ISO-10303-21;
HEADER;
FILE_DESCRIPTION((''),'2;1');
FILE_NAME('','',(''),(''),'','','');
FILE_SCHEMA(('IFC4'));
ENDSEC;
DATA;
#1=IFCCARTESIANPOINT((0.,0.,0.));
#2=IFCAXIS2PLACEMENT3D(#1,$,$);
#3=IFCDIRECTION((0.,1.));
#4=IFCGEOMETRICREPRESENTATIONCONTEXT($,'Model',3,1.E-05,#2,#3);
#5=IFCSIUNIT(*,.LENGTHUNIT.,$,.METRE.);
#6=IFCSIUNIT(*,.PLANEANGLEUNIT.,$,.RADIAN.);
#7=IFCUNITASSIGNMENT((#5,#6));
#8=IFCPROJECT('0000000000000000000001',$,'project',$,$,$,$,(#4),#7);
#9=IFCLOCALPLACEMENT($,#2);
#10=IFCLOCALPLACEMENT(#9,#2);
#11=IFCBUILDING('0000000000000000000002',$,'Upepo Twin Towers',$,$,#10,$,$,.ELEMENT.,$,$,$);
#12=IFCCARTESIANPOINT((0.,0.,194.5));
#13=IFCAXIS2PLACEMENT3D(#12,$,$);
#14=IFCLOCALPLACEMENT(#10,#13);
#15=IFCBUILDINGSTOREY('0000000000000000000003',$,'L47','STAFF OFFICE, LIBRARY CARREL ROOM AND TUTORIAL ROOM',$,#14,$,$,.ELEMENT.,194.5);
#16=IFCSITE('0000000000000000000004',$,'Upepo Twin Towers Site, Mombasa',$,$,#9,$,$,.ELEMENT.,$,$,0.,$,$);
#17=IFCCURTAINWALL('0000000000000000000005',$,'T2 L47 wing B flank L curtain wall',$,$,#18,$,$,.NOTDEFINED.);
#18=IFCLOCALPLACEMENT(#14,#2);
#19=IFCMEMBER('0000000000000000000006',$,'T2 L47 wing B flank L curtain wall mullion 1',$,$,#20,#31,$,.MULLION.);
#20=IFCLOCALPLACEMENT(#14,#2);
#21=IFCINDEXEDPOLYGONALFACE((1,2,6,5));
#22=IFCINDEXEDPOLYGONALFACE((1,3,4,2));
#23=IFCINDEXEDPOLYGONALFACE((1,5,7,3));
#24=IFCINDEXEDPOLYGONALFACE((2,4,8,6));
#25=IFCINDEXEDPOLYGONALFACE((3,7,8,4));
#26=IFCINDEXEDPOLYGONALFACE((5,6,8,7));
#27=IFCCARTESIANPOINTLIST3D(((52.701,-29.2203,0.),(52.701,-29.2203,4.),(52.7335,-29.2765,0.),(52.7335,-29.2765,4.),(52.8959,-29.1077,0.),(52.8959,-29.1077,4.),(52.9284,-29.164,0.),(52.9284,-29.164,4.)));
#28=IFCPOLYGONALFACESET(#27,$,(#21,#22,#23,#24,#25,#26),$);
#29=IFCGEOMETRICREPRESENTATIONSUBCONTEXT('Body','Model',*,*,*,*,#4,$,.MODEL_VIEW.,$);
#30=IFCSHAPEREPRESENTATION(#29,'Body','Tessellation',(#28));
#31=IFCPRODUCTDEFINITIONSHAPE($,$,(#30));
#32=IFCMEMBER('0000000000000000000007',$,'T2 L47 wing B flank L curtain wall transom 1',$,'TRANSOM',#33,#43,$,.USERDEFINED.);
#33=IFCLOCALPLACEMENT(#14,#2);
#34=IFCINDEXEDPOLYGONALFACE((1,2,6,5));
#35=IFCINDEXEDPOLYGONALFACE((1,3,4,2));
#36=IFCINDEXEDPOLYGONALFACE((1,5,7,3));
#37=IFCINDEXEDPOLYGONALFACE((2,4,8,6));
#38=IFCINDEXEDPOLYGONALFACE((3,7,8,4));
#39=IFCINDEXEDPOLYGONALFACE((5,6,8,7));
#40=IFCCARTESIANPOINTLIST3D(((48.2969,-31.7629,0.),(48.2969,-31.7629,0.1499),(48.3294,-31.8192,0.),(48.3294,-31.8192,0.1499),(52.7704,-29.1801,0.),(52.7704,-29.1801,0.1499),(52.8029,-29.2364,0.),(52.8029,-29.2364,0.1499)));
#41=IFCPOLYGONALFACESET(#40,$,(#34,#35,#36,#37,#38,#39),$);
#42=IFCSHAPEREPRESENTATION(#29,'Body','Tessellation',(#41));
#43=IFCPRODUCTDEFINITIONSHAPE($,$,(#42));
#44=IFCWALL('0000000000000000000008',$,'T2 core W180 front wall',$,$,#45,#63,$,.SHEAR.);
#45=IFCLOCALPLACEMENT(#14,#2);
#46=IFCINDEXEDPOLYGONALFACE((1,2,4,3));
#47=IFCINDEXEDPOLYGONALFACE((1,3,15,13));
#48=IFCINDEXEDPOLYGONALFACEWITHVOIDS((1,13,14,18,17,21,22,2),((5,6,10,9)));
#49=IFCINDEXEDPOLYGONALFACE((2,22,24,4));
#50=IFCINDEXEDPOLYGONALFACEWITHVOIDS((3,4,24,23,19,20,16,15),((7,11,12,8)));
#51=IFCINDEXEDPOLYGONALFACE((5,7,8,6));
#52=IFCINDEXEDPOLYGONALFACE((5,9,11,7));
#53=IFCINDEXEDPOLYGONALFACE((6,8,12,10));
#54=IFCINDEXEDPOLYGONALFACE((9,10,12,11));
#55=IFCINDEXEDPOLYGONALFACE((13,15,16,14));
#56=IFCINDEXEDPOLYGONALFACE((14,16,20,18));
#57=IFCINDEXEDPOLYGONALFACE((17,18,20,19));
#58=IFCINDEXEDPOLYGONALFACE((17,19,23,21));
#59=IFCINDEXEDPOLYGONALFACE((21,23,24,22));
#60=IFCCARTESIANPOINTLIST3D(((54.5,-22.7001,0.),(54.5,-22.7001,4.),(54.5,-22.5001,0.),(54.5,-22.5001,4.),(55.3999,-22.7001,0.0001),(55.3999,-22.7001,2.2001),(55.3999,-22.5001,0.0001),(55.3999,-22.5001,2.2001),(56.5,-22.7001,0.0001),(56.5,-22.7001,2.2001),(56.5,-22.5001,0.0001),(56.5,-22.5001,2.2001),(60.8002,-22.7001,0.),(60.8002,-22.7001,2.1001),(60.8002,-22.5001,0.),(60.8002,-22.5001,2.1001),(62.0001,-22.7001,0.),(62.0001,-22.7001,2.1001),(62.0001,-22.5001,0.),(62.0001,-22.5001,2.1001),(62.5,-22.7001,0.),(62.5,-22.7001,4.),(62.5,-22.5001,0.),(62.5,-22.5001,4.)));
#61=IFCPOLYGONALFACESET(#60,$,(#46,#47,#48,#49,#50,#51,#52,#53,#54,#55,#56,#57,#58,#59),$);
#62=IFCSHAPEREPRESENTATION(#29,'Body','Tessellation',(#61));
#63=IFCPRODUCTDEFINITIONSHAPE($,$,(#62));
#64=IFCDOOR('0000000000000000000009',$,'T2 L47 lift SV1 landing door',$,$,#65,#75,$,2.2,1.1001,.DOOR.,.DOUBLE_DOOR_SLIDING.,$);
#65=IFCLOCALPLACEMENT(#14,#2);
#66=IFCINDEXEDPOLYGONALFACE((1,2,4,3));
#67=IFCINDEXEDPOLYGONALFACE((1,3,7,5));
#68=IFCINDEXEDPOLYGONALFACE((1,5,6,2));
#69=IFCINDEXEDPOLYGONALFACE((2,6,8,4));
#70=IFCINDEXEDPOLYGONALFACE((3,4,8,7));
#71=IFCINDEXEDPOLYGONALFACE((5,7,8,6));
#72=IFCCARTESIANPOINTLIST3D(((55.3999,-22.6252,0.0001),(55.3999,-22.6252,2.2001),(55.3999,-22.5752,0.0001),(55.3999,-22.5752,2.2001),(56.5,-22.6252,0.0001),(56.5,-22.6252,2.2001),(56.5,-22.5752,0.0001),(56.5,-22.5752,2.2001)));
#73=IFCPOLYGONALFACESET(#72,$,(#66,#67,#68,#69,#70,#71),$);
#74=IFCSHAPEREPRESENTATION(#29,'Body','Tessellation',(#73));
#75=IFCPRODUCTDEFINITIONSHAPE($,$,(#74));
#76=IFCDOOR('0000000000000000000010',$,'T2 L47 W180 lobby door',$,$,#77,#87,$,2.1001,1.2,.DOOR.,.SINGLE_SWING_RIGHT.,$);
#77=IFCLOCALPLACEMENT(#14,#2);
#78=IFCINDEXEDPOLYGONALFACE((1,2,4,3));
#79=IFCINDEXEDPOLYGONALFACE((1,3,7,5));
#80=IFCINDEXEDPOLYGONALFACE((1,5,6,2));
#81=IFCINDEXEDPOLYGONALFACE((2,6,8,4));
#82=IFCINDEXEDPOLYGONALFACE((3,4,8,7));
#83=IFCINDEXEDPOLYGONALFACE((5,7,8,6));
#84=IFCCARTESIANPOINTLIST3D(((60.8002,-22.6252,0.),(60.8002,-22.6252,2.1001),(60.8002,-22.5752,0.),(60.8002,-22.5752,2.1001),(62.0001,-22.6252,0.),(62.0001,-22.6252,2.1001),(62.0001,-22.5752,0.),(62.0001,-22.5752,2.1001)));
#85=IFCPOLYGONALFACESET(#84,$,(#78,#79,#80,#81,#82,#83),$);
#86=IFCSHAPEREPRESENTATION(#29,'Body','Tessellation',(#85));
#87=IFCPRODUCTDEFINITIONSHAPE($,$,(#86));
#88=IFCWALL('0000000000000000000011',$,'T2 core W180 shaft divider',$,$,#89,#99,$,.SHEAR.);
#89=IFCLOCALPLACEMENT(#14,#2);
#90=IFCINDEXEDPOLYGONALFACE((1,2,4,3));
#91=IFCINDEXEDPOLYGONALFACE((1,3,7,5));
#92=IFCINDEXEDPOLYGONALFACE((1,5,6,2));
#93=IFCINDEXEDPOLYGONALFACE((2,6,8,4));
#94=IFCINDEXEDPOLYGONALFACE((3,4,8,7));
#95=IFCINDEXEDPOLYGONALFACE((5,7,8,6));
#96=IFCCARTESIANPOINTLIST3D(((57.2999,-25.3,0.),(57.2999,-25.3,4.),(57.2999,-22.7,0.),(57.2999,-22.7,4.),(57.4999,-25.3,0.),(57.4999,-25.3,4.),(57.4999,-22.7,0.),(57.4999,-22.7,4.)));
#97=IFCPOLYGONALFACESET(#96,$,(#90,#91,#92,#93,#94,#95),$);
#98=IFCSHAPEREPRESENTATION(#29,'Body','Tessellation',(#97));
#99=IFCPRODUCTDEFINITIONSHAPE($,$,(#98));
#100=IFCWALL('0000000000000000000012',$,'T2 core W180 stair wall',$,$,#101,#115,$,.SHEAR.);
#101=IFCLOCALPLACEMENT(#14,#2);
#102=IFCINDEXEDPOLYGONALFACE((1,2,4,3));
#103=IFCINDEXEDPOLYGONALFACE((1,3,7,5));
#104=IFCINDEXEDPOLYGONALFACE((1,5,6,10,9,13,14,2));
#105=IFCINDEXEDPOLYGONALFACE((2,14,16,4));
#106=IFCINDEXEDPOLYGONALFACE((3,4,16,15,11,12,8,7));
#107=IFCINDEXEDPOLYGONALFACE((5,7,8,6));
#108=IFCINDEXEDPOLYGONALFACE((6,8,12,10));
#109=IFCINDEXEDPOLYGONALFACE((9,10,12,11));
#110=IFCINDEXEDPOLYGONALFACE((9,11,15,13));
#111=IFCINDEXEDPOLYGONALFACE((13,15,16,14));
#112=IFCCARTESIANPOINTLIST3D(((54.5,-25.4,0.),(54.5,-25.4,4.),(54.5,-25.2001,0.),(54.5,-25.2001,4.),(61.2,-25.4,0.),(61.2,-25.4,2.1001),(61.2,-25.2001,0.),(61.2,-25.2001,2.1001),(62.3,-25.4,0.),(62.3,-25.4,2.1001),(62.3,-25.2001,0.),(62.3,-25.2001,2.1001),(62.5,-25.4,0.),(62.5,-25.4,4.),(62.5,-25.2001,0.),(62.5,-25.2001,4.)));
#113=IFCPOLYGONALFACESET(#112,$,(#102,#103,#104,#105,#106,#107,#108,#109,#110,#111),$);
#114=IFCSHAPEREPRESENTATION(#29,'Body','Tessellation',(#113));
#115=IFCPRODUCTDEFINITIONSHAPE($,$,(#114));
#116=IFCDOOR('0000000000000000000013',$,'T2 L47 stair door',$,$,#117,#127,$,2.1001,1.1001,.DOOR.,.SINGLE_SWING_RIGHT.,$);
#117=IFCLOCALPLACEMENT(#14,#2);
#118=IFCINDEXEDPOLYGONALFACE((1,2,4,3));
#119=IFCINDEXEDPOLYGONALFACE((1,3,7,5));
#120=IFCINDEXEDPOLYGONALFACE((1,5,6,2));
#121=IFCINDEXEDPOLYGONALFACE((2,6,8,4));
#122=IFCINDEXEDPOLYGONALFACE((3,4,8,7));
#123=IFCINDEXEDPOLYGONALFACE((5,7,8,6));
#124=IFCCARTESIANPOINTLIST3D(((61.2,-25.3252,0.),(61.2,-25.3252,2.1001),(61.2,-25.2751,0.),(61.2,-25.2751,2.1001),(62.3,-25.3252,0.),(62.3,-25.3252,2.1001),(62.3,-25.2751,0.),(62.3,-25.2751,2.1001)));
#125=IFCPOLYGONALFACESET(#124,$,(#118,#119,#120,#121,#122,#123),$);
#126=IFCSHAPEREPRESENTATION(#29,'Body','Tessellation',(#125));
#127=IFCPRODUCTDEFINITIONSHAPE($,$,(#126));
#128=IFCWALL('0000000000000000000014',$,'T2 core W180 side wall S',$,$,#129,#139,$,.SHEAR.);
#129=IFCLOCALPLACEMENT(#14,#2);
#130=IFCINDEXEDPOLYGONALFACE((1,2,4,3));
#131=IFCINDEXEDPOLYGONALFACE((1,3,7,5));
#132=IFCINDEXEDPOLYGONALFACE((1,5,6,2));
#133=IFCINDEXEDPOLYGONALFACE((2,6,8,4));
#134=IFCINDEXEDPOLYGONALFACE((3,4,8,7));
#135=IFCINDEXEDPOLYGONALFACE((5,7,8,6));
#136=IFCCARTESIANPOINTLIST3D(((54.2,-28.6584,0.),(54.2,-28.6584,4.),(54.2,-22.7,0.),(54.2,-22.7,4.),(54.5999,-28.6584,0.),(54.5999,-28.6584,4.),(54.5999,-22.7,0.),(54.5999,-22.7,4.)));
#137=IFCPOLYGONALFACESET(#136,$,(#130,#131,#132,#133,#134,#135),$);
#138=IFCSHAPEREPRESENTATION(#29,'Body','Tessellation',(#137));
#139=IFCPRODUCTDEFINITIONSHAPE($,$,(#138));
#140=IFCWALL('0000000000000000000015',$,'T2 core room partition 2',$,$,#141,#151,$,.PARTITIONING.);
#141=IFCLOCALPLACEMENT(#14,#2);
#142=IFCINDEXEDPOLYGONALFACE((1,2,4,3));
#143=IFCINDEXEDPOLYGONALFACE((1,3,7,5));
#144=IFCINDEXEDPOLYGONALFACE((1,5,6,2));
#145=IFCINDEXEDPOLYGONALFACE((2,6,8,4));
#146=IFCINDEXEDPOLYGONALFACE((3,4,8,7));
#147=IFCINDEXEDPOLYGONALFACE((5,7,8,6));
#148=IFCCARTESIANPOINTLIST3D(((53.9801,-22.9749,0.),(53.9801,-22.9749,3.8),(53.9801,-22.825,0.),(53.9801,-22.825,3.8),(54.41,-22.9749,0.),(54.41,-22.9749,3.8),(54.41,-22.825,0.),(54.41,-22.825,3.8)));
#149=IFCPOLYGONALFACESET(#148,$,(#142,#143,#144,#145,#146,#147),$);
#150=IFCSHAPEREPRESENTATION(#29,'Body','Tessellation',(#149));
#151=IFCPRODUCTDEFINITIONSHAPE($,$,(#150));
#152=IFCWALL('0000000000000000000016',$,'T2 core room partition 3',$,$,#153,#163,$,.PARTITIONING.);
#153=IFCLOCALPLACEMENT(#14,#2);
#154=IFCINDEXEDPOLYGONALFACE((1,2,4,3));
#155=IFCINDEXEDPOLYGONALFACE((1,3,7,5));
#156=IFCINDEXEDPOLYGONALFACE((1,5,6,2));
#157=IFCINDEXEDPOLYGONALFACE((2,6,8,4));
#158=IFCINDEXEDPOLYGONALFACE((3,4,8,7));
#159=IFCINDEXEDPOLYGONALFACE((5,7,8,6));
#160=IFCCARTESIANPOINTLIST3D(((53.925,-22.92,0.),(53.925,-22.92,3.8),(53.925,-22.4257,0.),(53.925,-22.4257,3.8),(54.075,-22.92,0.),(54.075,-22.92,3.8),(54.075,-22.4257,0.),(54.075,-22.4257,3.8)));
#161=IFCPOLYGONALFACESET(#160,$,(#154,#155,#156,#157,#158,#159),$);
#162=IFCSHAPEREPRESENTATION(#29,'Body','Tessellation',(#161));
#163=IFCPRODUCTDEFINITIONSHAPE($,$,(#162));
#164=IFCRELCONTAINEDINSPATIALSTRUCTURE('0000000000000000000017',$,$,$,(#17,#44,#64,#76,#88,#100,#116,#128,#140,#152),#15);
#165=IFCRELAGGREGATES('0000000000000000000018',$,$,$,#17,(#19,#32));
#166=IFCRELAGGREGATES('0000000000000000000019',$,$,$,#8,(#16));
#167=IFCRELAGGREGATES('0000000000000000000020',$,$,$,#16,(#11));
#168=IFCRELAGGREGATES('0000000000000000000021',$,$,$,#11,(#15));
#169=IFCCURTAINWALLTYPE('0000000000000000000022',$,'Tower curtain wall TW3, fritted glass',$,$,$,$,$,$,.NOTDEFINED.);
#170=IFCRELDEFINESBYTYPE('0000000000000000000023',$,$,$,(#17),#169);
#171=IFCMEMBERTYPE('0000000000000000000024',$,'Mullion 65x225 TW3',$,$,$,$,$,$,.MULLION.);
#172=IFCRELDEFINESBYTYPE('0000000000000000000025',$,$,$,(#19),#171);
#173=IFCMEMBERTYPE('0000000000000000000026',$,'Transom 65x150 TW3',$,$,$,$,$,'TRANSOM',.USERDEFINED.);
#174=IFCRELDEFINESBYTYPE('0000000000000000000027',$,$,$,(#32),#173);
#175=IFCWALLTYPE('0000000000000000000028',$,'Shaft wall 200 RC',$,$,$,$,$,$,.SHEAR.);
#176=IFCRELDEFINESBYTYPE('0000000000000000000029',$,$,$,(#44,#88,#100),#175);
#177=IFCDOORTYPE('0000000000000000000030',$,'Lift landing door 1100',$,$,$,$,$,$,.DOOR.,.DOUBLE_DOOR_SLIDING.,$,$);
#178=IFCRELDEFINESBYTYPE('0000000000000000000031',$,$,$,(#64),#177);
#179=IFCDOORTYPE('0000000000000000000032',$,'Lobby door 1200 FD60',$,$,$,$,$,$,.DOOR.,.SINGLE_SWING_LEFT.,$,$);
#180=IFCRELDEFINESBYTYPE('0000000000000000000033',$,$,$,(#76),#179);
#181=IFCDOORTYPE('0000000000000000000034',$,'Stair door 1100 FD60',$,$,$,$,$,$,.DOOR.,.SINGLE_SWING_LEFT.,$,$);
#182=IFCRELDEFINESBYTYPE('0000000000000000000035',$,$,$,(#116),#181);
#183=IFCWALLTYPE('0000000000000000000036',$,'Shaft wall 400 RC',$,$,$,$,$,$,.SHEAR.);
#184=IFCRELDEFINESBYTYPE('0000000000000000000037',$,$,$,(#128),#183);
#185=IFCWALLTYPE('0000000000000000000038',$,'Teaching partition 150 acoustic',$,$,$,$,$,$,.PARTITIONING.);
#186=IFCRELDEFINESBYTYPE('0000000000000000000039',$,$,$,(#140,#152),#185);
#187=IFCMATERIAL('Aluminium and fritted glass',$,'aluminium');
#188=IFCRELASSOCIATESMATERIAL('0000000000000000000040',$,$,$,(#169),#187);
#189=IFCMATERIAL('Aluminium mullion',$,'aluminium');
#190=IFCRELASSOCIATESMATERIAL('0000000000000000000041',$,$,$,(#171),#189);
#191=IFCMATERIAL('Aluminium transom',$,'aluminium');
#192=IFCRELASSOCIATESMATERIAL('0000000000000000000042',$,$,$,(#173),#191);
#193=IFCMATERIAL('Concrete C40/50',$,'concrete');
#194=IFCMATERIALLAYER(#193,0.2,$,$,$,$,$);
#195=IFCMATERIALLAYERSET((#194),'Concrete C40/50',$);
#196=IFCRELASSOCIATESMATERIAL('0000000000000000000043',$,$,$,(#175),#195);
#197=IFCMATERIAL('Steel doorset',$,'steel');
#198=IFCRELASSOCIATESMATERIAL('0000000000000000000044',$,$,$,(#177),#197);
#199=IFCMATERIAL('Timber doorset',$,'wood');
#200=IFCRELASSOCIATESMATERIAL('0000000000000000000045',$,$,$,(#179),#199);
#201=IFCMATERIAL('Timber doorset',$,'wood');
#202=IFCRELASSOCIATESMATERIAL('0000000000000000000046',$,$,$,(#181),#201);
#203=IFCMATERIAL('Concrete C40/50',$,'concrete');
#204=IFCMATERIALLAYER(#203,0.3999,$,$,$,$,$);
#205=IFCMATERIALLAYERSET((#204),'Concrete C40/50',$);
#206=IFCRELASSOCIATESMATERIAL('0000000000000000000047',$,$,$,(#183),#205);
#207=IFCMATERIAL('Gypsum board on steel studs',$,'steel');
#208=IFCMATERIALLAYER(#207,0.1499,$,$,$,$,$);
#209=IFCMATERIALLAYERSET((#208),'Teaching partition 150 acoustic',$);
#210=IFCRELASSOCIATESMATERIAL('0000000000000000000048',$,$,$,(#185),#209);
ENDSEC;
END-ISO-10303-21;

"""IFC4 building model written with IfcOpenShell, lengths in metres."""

from ifc_helpers import new_model, si_unit, direction, frame, frame_2d, origin, origin_2d, place, context, subcontext, project, spatial, rectangle, extrude, material, layer, layer_set, material_profile, profile_set, type_object, element, fill, aggregate, save


model = new_model("IFC4")

# Units and contexts
model_context = context("Model", 3, precision=1e-05, world=origin(), true_north=direction((0.0, 1.0)))
body_context = subcontext(model_context, "Body", "Model", "MODEL_VIEW")
ifc_project = project(units=[si_unit("LENGTHUNIT", "METRE"), si_unit("PLANEANGLEUNIT", "RADIAN")], contexts=[model_context])

# Site, building, storey
site_placement = place(None, origin())
site = spatial("IfcSite", under=ifc_project, at=site_placement, Name="Upepo Twin Towers Site, Mombasa", CompositionType="ELEMENT", RefElevation=0.0)
building_placement = place(site_placement, origin())
building = spatial("IfcBuilding", under=site, at=building_placement, Name="Upepo Twin Towers", CompositionType="ELEMENT")
storey_placement = place(building_placement, frame((0.0, 0.0, 194.5)))
storey = spatial("IfcBuildingStorey", under=building, at=storey_placement, Name="L47", Description="STAFF OFFICE, LIBRARY CARREL ROOM AND TUTORIAL ROOM", CompositionType="ELEMENT", Elevation=194.5)

# Curtain wall, members
ifc_material_1 = material(Name="Aluminium and fritted glass", Category="aluminium")
curtain_wall_type = type_object("IfcCurtainWallType", Name="Tower curtain wall TW3, fritted glass", PredefinedType="NOTDEFINED", material=ifc_material_1)
curtain_wall_placement = place(storey_placement, origin())
curtain_wall = element("IfcCurtainWall", 1, at=curtain_wall_placement, inside=storey, type_object=curtain_wall_type, Name="T2 L47 wing B flank L curtain wall", PredefinedType="NOTDEFINED")
ifc_material_2 = material(Name="Aluminium mullion", Category="aluminium")
ifc_material_profile_1 = material_profile(ifc_material_2, rectangle(XDim=0.0649, YDim=0.2251, at=origin_2d()), Name="MULLION 65x225")
ifc_profile_set_1 = profile_set([ifc_material_profile_1], Name="Aluminium mullion")
member_type_1 = type_object("IfcMemberType", Name="Mullion 65x225 TW3", PredefinedType="MULLION", material=ifc_profile_set_1)
member_1_placement = place(storey_placement, frame((52.8147, -29.1921, 0.0), z_axis=(0.0, 0.0, 1.0), x_axis=(0.5, -0.866025, 0.0)))
member_1 = element("IfcMember", 2, at=member_1_placement, type_object=member_type_1, Name="T2 L47 wing B flank L curtain wall mullion 1", PredefinedType="MULLION", context=body_context, shape_type="SweptSolid", body=[
    extrude(rectangle(XDim=0.0649, YDim=0.2251, at=origin_2d()), origin(), (0.0, 0.0, 1.0), 4.0),
])
ifc_material_3 = material(Name="Aluminium transom", Category="aluminium")
ifc_material_profile_2 = material_profile(ifc_material_3, rectangle(XDim=0.0649, YDim=0.1499, at=origin_2d()), Name="TRANSOM 65x150")
ifc_profile_set_2 = profile_set([ifc_material_profile_2], Name="Aluminium transom")
member_type_2 = type_object("IfcMemberType", Name="Transom 65x150 TW3", ElementType="TRANSOM", PredefinedType="USERDEFINED", material=ifc_profile_set_2)
member_2_placement = place(storey_placement, frame((52.7866, -29.2083, 0.075), z_axis=(-0.866021, -0.500007, 0.0), x_axis=(0.500007, -0.866021, 0.0)))
member_2 = element("IfcMember", 3, at=member_2_placement, type_object=member_type_2, Name="T2 L47 wing B flank L curtain wall transom 1", ObjectType="TRANSOM", PredefinedType="USERDEFINED", context=body_context, shape_type="SweptSolid", body=[
    extrude(rectangle(XDim=0.0649, YDim=0.1499, at=origin_2d()), origin(), (0.0, 0.0, 1.0), 5.1655),
])
aggregate(curtain_wall, [member_1, member_2])

# Wall, openings, doors
ifc_material_4 = material(Name="Concrete C40/50", Category="concrete")
ifc_layer_1 = layer(ifc_material_4, 0.2)
ifc_layer_set_1 = layer_set([ifc_layer_1], Name="Concrete C40/50")
wall_type_1 = type_object("IfcWallType", Name="Shaft wall 200 RC", PredefinedType="SHEAR", material=ifc_layer_set_1)
wall_1_placement = place(storey_placement, frame((54.5, -22.6001, 0.0), z_axis=(0.0, 0.0, 1.0), x_axis=(1.0, 0.0, 0.0)))
wall_1 = element("IfcWall", 4, at=wall_1_placement, inside=storey, type_object=wall_type_1, Name="T2 core W180 front wall", PredefinedType="SHEAR", context=body_context, shape_type="SweptSolid", body=[
    extrude(rectangle(XDim=8.0, YDim=0.2, at=frame_2d((4.0, 0.0))), origin(), (0.0, 0.0, 1.0), 4.0),
])
opening_1_placement = place(wall_1_placement, frame((6.3, 0.0, 0.0)))
opening_1 = element("IfcOpeningElement", 5, at=opening_1_placement, cuts=wall_1, PredefinedType="OPENING", context=body_context, shape_type="SweptSolid", body=[
    extrude(rectangle(XDim=1.2, YDim=2.1001, at=frame_2d((0.6001, 1.05))), frame((0.0, 0.1099, 0.0), z_axis=(0.0, -1.0, 0.0), x_axis=(1.0, 0.0, 0.0)), (0.0, 0.0, 1.0), 0.22),
])
opening_2_placement = place(wall_1_placement, frame((0.8999, 0.0, 0.0)))
opening_2 = element("IfcOpeningElement", 6, at=opening_2_placement, cuts=wall_1, PredefinedType="OPENING", context=body_context, shape_type="SweptSolid", body=[
    extrude(rectangle(XDim=1.1001, YDim=2.2, at=frame_2d((0.55, 1.1001))), frame((0.0, 0.1099, 0.0), z_axis=(0.0, -1.0, 0.0), x_axis=(1.0, 0.0, 0.0)), (0.0, 0.0, 1.0), 0.22),
])
ifc_material_5 = material(Name="Steel doorset", Category="steel")
door_type_1 = type_object("IfcDoorType", Name="Lift landing door 1100", OperationType="DOUBLE_DOOR_SLIDING", PredefinedType="DOOR", material=ifc_material_5)
door_1_placement = place(opening_2_placement, origin())
door_1 = element("IfcDoor", 7, at=door_1_placement, inside=storey, type_object=door_type_1, Name="T2 L47 lift SV1 landing door", OperationType="DOUBLE_DOOR_SLIDING", OverallHeight=2.2, OverallWidth=1.1001, PredefinedType="DOOR", context=body_context, shape_type="SweptSolid", body=[
    extrude(rectangle(XDim=1.1001, YDim=2.2, at=frame_2d((0.55, 1.1001))), frame((0.0, 0.0249, 0.0), z_axis=(0.0, -1.0, 0.0), x_axis=(1.0, 0.0, 0.0)), (0.0, 0.0, 1.0), 0.05),
])
fill(opening_2, door_1)
ifc_material_6 = material(Name="Timber doorset", Category="wood")
door_type_2 = type_object("IfcDoorType", Name="Lobby door 1200 FD60", OperationType="SINGLE_SWING_LEFT", PredefinedType="DOOR", material=ifc_material_6)
door_2_placement = place(opening_1_placement, origin())
door_2 = element("IfcDoor", 8, at=door_2_placement, inside=storey, type_object=door_type_2, Name="T2 L47 W180 lobby door", OperationType="SINGLE_SWING_RIGHT", OverallHeight=2.1001, OverallWidth=1.2, PredefinedType="DOOR", context=body_context, shape_type="SweptSolid", body=[
    extrude(rectangle(XDim=1.2, YDim=2.1001, at=frame_2d((0.6001, 1.05))), frame((0.0, 0.0249, 0.0), z_axis=(0.0, -1.0, 0.0), x_axis=(1.0, 0.0, 0.0)), (0.0, 0.0, 1.0), 0.05),
])
fill(opening_1, door_2)

# Wall
wall_2_placement = place(storey_placement, frame((57.3999, -22.7, 0.0), z_axis=(0.0, 0.0, 1.0), x_axis=(0.0, -1.0, 0.0)))
element("IfcWall", 9, at=wall_2_placement, inside=storey, type_object=wall_type_1, Name="T2 core W180 shaft divider", PredefinedType="SHEAR", context=body_context, shape_type="SweptSolid", body=[
    extrude(rectangle(XDim=2.6001, YDim=0.2, at=frame_2d((1.3, 0.0))), origin(), (0.0, 0.0, 1.0), 4.0),
])

# Wall, opening, door
wall_3_placement = place(storey_placement, frame((54.5, -25.3, 0.0), z_axis=(0.0, 0.0, 1.0), x_axis=(1.0, 0.0, 0.0)))
wall_3 = element("IfcWall", 10, at=wall_3_placement, inside=storey, type_object=wall_type_1, Name="T2 core W180 stair wall", PredefinedType="SHEAR", context=body_context, shape_type="SweptSolid", body=[
    extrude(rectangle(XDim=8.0, YDim=0.2, at=frame_2d((4.0, 0.0))), origin(), (0.0, 0.0, 1.0), 4.0),
])
opening_3_placement = place(wall_3_placement, frame((6.7, 0.0, 0.0)))
opening_3 = element("IfcOpeningElement", 11, at=opening_3_placement, cuts=wall_3, PredefinedType="OPENING", context=body_context, shape_type="SweptSolid", body=[
    extrude(rectangle(XDim=1.1001, YDim=2.1001, at=frame_2d((0.55, 1.05))), frame((0.0, 0.1099, 0.0), z_axis=(0.0, -1.0, 0.0), x_axis=(1.0, 0.0, 0.0)), (0.0, 0.0, 1.0), 0.22),
])
ifc_material_7 = material(Name="Timber doorset", Category="wood")
door_type_3 = type_object("IfcDoorType", Name="Stair door 1100 FD60", OperationType="SINGLE_SWING_LEFT", PredefinedType="DOOR", material=ifc_material_7)
door_3_placement = place(opening_3_placement, origin())
door_3 = element("IfcDoor", 12, at=door_3_placement, inside=storey, type_object=door_type_3, Name="T2 L47 stair door", OperationType="SINGLE_SWING_RIGHT", OverallHeight=2.1001, OverallWidth=1.1001, PredefinedType="DOOR", context=body_context, shape_type="SweptSolid", body=[
    extrude(rectangle(XDim=1.1001, YDim=2.1001, at=frame_2d((0.55, 1.05))), frame((0.0, 0.0249, 0.0), z_axis=(0.0, -1.0, 0.0), x_axis=(1.0, 0.0, 0.0)), (0.0, 0.0, 1.0), 0.05),
])
fill(opening_3, door_3)

# Walls
ifc_material_8 = material(Name="Concrete C40/50", Category="concrete")
ifc_layer_2 = layer(ifc_material_8, 0.3999)
ifc_layer_set_2 = layer_set([ifc_layer_2], Name="Concrete C40/50")
wall_type_2 = type_object("IfcWallType", Name="Shaft wall 400 RC", PredefinedType="SHEAR", material=ifc_layer_set_2)
wall_4_placement = place(storey_placement, frame((54.3999, -22.7, 0.0), z_axis=(0.0, 0.0, 1.0), x_axis=(0.0, -1.0, 0.0)))
element("IfcWall", 13, at=wall_4_placement, inside=storey, type_object=wall_type_2, Name="T2 core W180 side wall S", PredefinedType="SHEAR", context=body_context, shape_type="SweptSolid", body=[
    extrude(rectangle(XDim=5.9585, YDim=0.3999, at=frame_2d((2.9792, 0.0))), origin(), (0.0, 0.0, 1.0), 4.0),
])
ifc_material_9 = material(Name="Gypsum board on steel studs", Category="steel")
ifc_layer_3 = layer(ifc_material_9, 0.1499)
ifc_layer_set_3 = layer_set([ifc_layer_3], Name="Teaching partition 150 acoustic")
wall_type_3 = type_object("IfcWallType", Name="Teaching partition 150 acoustic", PredefinedType="PARTITIONING", material=ifc_layer_set_3)
wall_5_placement = place(storey_placement, frame((54.4099, -22.8999, 0.0), z_axis=(0.0, 0.0, 1.0), x_axis=(-1.0, 0.0, 0.0)))
element("IfcWall", 14, at=wall_5_placement, inside=storey, type_object=wall_type_3, Name="T2 core room partition 2", PredefinedType="PARTITIONING", context=body_context, shape_type="SweptSolid", body=[
    extrude(rectangle(XDim=0.4299, YDim=0.1499, at=frame_2d((0.2148, 0.0))), origin(), (0.0, 0.0, 1.0), 3.8),
])
wall_6_placement = place(storey_placement, frame((54.0, -22.9199, 0.0), z_axis=(0.0, 0.0, 1.0), x_axis=(0.0, 1.0, 0.0)))
element("IfcWall", 15, at=wall_6_placement, inside=storey, type_object=wall_type_3, Name="T2 core room partition 3", PredefinedType="PARTITIONING", context=body_context, shape_type="SweptSolid", body=[
    extrude(rectangle(XDim=0.4944, YDim=0.1499, at=frame_2d((0.2471, 0.0))), origin(), (0.0, 0.0, 1.0), 3.8),
])

save(model, "model.ifc")
